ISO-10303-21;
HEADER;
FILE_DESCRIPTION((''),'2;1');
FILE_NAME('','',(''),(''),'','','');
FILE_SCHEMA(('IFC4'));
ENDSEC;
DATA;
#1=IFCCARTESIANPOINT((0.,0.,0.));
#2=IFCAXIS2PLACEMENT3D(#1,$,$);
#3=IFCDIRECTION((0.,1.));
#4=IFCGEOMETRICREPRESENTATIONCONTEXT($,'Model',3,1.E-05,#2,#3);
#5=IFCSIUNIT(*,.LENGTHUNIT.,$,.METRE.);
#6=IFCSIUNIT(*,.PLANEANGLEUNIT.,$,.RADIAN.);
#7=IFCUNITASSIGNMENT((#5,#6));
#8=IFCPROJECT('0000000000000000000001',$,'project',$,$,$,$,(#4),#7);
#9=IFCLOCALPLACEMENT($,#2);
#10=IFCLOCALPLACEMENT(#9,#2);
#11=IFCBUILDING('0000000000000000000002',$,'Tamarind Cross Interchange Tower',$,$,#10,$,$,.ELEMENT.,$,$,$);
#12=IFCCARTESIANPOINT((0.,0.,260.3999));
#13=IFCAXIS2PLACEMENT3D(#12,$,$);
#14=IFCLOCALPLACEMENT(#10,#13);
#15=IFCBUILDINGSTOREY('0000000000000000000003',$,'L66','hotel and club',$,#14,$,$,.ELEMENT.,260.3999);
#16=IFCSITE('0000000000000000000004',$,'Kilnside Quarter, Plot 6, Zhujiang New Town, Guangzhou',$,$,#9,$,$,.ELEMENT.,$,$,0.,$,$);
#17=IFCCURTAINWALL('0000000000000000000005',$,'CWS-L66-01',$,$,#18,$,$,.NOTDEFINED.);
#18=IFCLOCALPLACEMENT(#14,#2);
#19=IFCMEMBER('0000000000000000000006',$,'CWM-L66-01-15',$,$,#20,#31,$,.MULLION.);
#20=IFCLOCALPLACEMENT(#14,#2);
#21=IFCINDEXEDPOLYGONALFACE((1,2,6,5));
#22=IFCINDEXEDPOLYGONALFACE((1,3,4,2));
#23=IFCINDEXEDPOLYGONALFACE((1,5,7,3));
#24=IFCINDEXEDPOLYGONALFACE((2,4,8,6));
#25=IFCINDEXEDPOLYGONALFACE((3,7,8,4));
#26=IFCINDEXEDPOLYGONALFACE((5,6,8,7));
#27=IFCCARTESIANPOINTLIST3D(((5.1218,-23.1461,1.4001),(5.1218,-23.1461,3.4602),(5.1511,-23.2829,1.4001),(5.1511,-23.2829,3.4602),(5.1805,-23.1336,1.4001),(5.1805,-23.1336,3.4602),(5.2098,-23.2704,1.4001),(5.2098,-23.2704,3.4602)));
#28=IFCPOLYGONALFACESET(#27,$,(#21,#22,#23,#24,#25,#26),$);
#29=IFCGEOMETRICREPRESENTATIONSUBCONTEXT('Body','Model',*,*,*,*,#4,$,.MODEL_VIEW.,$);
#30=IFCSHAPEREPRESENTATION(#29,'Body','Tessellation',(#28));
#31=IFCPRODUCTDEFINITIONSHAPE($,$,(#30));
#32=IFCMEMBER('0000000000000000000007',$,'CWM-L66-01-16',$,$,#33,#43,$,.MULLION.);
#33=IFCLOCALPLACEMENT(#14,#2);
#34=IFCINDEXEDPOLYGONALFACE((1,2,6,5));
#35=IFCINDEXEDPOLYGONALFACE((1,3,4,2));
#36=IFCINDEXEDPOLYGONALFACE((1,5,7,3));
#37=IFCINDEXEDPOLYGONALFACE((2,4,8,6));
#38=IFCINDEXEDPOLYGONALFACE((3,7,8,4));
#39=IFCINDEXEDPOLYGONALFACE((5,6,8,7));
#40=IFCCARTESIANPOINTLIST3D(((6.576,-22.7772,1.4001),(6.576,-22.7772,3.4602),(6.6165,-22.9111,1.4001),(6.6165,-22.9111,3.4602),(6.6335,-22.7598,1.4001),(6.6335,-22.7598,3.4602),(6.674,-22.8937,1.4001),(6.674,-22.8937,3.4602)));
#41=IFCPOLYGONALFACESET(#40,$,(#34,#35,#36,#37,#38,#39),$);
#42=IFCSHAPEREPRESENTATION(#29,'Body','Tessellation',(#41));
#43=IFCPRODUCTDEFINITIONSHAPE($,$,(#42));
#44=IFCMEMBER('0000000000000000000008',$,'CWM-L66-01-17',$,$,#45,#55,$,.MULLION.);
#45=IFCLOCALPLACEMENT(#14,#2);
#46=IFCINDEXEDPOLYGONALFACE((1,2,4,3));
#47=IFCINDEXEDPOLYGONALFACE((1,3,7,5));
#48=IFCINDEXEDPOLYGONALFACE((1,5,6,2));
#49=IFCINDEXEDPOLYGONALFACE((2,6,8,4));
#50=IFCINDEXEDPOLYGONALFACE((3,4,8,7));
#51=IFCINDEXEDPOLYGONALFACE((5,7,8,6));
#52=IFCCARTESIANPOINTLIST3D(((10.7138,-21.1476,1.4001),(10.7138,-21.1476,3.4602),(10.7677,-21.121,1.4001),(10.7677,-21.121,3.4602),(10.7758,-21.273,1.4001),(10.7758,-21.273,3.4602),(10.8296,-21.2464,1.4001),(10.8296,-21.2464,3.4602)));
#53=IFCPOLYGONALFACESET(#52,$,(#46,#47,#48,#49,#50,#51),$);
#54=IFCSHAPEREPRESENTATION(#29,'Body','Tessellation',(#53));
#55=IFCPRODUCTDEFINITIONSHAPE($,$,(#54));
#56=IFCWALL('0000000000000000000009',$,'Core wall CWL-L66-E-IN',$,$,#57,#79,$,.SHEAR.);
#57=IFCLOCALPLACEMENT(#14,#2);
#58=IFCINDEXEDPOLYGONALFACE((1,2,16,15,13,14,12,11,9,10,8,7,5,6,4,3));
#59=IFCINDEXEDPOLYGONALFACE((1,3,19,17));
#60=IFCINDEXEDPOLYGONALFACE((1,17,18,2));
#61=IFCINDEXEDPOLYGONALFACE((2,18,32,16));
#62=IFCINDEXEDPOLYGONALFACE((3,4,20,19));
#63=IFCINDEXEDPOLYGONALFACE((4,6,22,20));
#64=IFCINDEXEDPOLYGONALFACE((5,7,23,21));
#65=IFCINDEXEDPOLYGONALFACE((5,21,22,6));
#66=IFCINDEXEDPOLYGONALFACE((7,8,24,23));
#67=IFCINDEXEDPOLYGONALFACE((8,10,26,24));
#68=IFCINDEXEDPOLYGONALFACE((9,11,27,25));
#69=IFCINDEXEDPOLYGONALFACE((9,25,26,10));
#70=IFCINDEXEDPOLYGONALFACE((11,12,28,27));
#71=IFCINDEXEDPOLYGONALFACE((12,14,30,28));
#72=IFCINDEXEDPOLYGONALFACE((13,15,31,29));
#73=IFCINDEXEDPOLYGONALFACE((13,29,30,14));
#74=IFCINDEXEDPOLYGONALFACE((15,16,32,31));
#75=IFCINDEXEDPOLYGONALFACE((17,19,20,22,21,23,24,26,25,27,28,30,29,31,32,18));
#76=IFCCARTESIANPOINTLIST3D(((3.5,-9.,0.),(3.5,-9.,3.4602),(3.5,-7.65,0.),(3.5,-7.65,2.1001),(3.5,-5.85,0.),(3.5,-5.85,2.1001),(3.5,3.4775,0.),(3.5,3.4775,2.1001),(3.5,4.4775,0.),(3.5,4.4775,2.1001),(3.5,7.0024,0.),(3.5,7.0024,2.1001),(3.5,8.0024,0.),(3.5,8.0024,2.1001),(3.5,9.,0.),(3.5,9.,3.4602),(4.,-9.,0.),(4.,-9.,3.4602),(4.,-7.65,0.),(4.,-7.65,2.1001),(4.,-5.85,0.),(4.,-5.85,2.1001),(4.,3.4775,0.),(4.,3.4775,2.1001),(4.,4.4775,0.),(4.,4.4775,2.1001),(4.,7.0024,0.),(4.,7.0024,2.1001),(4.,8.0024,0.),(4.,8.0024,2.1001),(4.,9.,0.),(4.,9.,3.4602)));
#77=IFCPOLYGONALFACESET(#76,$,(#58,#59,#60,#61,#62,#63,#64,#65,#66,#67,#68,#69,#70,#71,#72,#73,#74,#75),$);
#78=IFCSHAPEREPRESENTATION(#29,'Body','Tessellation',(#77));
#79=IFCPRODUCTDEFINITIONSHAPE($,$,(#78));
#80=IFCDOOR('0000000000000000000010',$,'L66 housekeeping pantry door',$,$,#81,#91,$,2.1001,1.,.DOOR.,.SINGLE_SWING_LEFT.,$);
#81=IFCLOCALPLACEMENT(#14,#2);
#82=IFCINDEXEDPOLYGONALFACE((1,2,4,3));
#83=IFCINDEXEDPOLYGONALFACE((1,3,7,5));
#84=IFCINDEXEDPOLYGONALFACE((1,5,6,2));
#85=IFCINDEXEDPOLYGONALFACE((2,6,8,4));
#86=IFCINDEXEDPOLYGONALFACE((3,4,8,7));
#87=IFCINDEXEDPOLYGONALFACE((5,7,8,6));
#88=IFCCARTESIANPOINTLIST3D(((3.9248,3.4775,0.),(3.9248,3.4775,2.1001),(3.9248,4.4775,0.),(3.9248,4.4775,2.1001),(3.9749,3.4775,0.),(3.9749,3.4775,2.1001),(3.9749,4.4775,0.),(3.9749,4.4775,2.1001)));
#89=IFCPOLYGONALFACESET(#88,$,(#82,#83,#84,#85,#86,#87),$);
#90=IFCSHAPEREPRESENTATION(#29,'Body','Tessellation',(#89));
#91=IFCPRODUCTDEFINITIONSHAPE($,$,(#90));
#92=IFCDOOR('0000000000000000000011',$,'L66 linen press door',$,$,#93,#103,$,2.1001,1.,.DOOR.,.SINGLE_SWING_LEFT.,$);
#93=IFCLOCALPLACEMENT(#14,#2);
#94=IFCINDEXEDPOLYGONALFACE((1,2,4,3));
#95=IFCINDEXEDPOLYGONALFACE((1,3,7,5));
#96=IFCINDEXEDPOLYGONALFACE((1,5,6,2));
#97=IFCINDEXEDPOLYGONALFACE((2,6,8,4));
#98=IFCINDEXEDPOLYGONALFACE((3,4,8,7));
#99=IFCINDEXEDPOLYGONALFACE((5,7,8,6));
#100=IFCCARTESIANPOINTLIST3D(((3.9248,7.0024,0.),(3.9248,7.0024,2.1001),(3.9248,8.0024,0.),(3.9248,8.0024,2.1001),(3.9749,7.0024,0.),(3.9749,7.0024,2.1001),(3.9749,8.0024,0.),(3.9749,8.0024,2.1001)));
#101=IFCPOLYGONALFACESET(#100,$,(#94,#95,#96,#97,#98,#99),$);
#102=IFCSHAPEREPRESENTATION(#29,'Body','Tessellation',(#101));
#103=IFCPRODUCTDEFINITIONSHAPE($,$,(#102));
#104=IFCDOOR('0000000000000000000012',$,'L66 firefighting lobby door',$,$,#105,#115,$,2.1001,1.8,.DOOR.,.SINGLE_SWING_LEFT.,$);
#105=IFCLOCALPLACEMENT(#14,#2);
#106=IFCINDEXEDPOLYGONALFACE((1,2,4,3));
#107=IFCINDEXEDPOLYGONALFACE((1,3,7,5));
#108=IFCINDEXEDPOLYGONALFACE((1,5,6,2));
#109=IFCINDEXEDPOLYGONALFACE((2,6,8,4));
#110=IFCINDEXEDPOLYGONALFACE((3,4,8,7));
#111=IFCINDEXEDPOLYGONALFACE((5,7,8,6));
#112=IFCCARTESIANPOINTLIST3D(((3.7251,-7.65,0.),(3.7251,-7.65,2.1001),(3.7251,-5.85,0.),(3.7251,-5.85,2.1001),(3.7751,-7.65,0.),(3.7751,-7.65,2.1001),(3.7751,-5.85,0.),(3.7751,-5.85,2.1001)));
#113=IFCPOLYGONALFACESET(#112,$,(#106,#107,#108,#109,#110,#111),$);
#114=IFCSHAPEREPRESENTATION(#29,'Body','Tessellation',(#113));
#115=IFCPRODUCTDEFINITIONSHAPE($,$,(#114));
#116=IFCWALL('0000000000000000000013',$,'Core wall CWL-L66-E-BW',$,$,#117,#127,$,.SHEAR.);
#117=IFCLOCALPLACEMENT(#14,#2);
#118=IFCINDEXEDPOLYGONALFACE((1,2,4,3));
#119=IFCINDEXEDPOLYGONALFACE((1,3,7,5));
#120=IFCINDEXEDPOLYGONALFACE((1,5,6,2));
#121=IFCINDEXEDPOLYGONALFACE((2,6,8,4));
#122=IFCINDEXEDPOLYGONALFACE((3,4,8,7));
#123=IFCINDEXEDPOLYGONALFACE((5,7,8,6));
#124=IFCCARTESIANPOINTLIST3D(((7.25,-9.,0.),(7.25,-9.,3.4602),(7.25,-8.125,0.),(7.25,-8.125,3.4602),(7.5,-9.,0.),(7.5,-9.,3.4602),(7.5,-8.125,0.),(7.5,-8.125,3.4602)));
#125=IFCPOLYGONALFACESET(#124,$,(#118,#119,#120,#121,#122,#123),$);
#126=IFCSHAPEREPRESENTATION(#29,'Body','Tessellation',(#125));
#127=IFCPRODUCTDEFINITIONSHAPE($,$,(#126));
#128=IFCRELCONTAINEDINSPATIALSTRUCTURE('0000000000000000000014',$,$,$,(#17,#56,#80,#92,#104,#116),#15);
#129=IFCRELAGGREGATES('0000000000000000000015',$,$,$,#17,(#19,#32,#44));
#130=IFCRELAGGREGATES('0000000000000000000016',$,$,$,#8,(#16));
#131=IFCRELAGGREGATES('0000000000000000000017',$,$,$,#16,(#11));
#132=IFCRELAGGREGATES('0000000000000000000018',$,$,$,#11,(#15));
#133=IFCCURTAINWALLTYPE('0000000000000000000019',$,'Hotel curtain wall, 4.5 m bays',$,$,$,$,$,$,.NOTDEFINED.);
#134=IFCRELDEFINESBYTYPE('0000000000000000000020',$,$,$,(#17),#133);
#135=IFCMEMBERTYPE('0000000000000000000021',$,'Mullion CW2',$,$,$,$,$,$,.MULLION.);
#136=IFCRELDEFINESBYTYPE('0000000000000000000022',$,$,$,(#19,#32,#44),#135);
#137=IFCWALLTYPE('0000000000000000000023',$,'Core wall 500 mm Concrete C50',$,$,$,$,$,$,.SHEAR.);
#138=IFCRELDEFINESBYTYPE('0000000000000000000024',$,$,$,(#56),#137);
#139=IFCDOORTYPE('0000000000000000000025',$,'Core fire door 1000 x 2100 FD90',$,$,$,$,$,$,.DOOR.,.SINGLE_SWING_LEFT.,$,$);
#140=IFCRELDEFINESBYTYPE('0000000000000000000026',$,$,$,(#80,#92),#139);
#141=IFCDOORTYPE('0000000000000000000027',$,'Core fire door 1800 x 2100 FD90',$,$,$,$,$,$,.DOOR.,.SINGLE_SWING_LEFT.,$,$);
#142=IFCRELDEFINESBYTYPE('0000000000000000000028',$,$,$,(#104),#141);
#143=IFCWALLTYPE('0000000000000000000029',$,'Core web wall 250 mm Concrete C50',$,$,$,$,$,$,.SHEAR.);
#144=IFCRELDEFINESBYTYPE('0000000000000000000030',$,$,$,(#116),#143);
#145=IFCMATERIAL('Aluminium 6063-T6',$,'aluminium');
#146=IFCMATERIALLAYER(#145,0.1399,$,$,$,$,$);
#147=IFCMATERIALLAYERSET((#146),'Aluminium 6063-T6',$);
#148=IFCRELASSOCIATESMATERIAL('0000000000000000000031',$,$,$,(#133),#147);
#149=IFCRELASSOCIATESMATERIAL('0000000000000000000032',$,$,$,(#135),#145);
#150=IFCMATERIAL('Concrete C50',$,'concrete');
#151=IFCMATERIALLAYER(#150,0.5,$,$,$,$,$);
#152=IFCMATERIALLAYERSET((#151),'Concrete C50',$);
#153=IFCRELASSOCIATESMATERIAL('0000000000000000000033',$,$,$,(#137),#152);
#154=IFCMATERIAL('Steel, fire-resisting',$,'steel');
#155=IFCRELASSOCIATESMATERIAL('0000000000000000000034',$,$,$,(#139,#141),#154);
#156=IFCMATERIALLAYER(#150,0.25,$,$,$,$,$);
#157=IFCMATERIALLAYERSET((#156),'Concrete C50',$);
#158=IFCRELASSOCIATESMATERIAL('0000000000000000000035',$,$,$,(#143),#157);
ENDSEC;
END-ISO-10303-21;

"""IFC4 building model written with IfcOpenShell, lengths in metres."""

from ifc_helpers import new_model, si_unit, direction, frame, frame_2d, origin, origin_2d, place, context, subcontext, project, spatial, rectangle, extrude, material, layer, layer_set, material_profile, profile_set, type_object, element, fill, aggregate, save


model = new_model("IFC4")

# Units and contexts
model_context = context("Model", 3, precision=1e-05, world=origin(), true_north=direction((0.0, 1.0)))
body_context = subcontext(model_context, "Body", "Model", "MODEL_VIEW")
ifc_project = project(units=[si_unit("LENGTHUNIT", "METRE"), si_unit("PLANEANGLEUNIT", "RADIAN")], contexts=[model_context])

# Site, building, storey
site_placement = place(None, origin())
site = spatial("IfcSite", under=ifc_project, at=site_placement, Name="Kilnside Quarter, Plot 6, Zhujiang New Town, Guangzhou", CompositionType="ELEMENT", RefElevation=0.0)
building_placement = place(site_placement, origin())
building = spatial("IfcBuilding", under=site, at=building_placement, Name="Tamarind Cross Interchange Tower", CompositionType="ELEMENT")
storey_placement = place(building_placement, frame((0.0, 0.0, 260.3999)))
storey = spatial("IfcBuildingStorey", under=building, at=storey_placement, Name="L66", Description="hotel and club", CompositionType="ELEMENT", Elevation=260.3999)

# Curtain wall, members
ifc_material_1 = material(Name="Aluminium 6063-T6", Category="aluminium")
ifc_layer_1 = layer(ifc_material_1, 0.1399)
ifc_layer_set_1 = layer_set([ifc_layer_1], Name="Aluminium 6063-T6")
curtain_wall_type = type_object("IfcCurtainWallType", Name="Hotel curtain wall, 4.5 m bays", PredefinedType="NOTDEFINED", material=ifc_layer_set_1)
curtain_wall_placement = place(storey_placement, origin())
curtain_wall = element("IfcCurtainWall", 1, at=curtain_wall_placement, inside=storey, type_object=curtain_wall_type, Name="CWS-L66-01", PredefinedType="NOTDEFINED")
ifc_material_profile_1 = material_profile(ifc_material_1, rectangle(XDim=0.0601, YDim=0.1399, at=origin_2d()), Name="Mullion CW2")
ifc_profile_set_1 = profile_set([ifc_material_profile_1], Name="Aluminium 6063-T6")
member_type = type_object("IfcMemberType", Name="Mullion CW2", PredefinedType="MULLION", material=ifc_profile_set_1)
member_1_placement = place(storey_placement, frame((5.1658, -23.2083, 1.4001), z_axis=(0.0, 0.0, 1.0), x_axis=(0.977825, 0.209425, 0.0)))
member_1 = element("IfcMember", 2, at=member_1_placement, type_object=member_type, Name="CWM-L66-01-15", PredefinedType="MULLION", context=body_context, shape_type="SweptSolid", body=[
    extrude(rectangle(XDim=0.0601, YDim=0.1399, at=origin_2d()), origin(), (0.0, 0.0, 1.0), 2.0601),
])
member_2_placement = place(storey_placement, frame((6.625, -22.8354, 1.4001), z_axis=(0.0, 0.0, 1.0), x_axis=(0.957191, 0.289458, 0.0)))
member_2 = element("IfcMember", 3, at=member_2_placement, type_object=member_type, Name="CWM-L66-01-16", PredefinedType="MULLION", context=body_context, shape_type="SweptSolid", body=[
    extrude(rectangle(XDim=0.0601, YDim=0.1399, at=origin_2d()), origin(), (0.0, 0.0, 1.0), 2.0601),
])
member_3_placement = place(storey_placement, frame((10.7717, -21.197, 1.4001), z_axis=(0.0, 0.0, 1.0), x_axis=(0.896493, 0.443059, 0.0)))
member_3 = element("IfcMember", 4, at=member_3_placement, type_object=member_type, Name="CWM-L66-01-17", PredefinedType="MULLION", context=body_context, shape_type="SweptSolid", body=[
    extrude(rectangle(XDim=0.0601, YDim=0.1399, at=origin_2d()), origin(), (0.0, 0.0, 1.0), 2.0601),
])
aggregate(curtain_wall, [member_1, member_2, member_3])

# Wall, openings, doors
ifc_material_2 = material(Name="Concrete C50", Category="concrete")
ifc_layer_2 = layer(ifc_material_2, 0.5)
ifc_layer_set_2 = layer_set([ifc_layer_2], Name="Concrete C50")
wall_type_1 = type_object("IfcWallType", Name="Core wall 500 mm Concrete C50", PredefinedType="SHEAR", material=ifc_layer_set_2)
wall_1_placement = place(storey_placement, frame((3.75, -9.0, 0.0), z_axis=(0.0, 0.0, 1.0), x_axis=(0.0, 1.0, 0.0)))
wall_1 = element("IfcWall", 5, at=wall_1_placement, inside=storey, type_object=wall_type_1, Name="Core wall CWL-L66-E-IN", PredefinedType="SHEAR", context=body_context, shape_type="SweptSolid", body=[
    extrude(rectangle(XDim=18.0, YDim=0.5, at=frame_2d((9.0, 0.0))), origin(), (0.0, 0.0, 1.0), 3.4602),
])
opening_1_placement = place(wall_1_placement, frame((1.3501, 0.0, 0.0)))
opening_1 = element("IfcOpeningElement", 6, at=opening_1_placement, cuts=wall_1, PredefinedType="OPENING", context=body_context, shape_type="SweptSolid", body=[
    extrude(rectangle(XDim=1.8, YDim=2.1001, at=frame_2d((0.8999, 1.05))), frame((0.0, 0.26, 0.0), z_axis=(0.0, -1.0, 0.0), x_axis=(1.0, 0.0, 0.0)), (0.0, 0.0, 1.0), 0.52),
])
opening_2_placement = place(wall_1_placement, frame((12.4775, 0.0, 0.0)))
opening_2 = element("IfcOpeningElement", 7, at=opening_2_placement, cuts=wall_1, PredefinedType="OPENING", context=body_context, shape_type="SweptSolid", body=[
    extrude(rectangle(XDim=1.0, YDim=2.1001, at=frame_2d((0.5, 1.05))), frame((0.0, 0.26, 0.0), z_axis=(0.0, -1.0, 0.0), x_axis=(1.0, 0.0, 0.0)), (0.0, 0.0, 1.0), 0.52),
])
opening_3_placement = place(wall_1_placement, frame((16.0024, 0.0, 0.0)))
opening_3 = element("IfcOpeningElement", 8, at=opening_3_placement, cuts=wall_1, PredefinedType="OPENING", context=body_context, shape_type="SweptSolid", body=[
    extrude(rectangle(XDim=1.0, YDim=2.1001, at=frame_2d((0.5, 1.05))), frame((0.0, 0.26, 0.0), z_axis=(0.0, -1.0, 0.0), x_axis=(1.0, 0.0, 0.0)), (0.0, 0.0, 1.0), 0.52),
])
ifc_material_3 = material(Name="Steel, fire-resisting", Category="steel")
door_type_1 = type_object("IfcDoorType", Name="Core fire door 1000 x 2100 FD90", OperationType="SINGLE_SWING_LEFT", PredefinedType="DOOR", material=ifc_material_3)
door_1_placement = place(opening_2_placement, origin())
door_1 = element("IfcDoor", 9, at=door_1_placement, inside=storey, type_object=door_type_1, Name="L66 housekeeping pantry door", OperationType="SINGLE_SWING_LEFT", OverallHeight=2.1001, OverallWidth=1.0, PredefinedType="DOOR", context=body_context, shape_type="SweptSolid", body=[
    extrude(rectangle(XDim=1.0, YDim=2.1001, at=frame_2d((0.5, 1.05))), frame((0.0, -0.1748, 0.0), z_axis=(0.0, -1.0, 0.0), x_axis=(1.0, 0.0, 0.0)), (0.0, 0.0, 1.0), 0.05),
])
fill(opening_2, door_1)
door_2_placement = place(opening_3_placement, origin())
door_2 = element("IfcDoor", 10, at=door_2_placement, inside=storey, type_object=door_type_1, Name="L66 linen press door", OperationType="SINGLE_SWING_LEFT", OverallHeight=2.1001, OverallWidth=1.0, PredefinedType="DOOR", context=body_context, shape_type="SweptSolid", body=[
    extrude(rectangle(XDim=1.0, YDim=2.1001, at=frame_2d((0.5, 1.05))), frame((0.0, -0.1748, 0.0), z_axis=(0.0, -1.0, 0.0), x_axis=(1.0, 0.0, 0.0)), (0.0, 0.0, 1.0), 0.05),
])
fill(opening_3, door_2)
door_type_2 = type_object("IfcDoorType", Name="Core fire door 1800 x 2100 FD90", OperationType="SINGLE_SWING_LEFT", PredefinedType="DOOR", material=ifc_material_3)
door_3_placement = place(opening_1_placement, origin())
door_3 = element("IfcDoor", 11, at=door_3_placement, inside=storey, type_object=door_type_2, Name="L66 firefighting lobby door", OperationType="SINGLE_SWING_LEFT", OverallHeight=2.1001, OverallWidth=1.8, PredefinedType="DOOR", context=body_context, shape_type="SweptSolid", body=[
    extrude(rectangle(XDim=1.8, YDim=2.1001, at=frame_2d((0.8999, 1.05))), frame((0.0, 0.0249, 0.0), z_axis=(0.0, -1.0, 0.0), x_axis=(1.0, 0.0, 0.0)), (0.0, 0.0, 1.0), 0.05),
])
fill(opening_1, door_3)

# Wall
ifc_layer_3 = layer(ifc_material_2, 0.25)
ifc_layer_set_3 = layer_set([ifc_layer_3], Name="Concrete C50")
wall_type_2 = type_object("IfcWallType", Name="Core web wall 250 mm Concrete C50", PredefinedType="SHEAR", material=ifc_layer_set_3)
wall_2_placement = place(storey_placement, frame((7.375, -9.0, 0.0), z_axis=(0.0, 0.0, 1.0), x_axis=(0.0, 1.0, 0.0)))
element("IfcWall", 12, at=wall_2_placement, inside=storey, type_object=wall_type_2, Name="Core wall CWL-L66-E-BW", PredefinedType="SHEAR", context=body_context, shape_type="SweptSolid", body=[
    extrude(rectangle(XDim=0.875, YDim=0.25, at=frame_2d((0.4375, 0.0))), origin(), (0.0, 0.0, 1.0), 3.4602),
])

save(model, "model.ifc")
